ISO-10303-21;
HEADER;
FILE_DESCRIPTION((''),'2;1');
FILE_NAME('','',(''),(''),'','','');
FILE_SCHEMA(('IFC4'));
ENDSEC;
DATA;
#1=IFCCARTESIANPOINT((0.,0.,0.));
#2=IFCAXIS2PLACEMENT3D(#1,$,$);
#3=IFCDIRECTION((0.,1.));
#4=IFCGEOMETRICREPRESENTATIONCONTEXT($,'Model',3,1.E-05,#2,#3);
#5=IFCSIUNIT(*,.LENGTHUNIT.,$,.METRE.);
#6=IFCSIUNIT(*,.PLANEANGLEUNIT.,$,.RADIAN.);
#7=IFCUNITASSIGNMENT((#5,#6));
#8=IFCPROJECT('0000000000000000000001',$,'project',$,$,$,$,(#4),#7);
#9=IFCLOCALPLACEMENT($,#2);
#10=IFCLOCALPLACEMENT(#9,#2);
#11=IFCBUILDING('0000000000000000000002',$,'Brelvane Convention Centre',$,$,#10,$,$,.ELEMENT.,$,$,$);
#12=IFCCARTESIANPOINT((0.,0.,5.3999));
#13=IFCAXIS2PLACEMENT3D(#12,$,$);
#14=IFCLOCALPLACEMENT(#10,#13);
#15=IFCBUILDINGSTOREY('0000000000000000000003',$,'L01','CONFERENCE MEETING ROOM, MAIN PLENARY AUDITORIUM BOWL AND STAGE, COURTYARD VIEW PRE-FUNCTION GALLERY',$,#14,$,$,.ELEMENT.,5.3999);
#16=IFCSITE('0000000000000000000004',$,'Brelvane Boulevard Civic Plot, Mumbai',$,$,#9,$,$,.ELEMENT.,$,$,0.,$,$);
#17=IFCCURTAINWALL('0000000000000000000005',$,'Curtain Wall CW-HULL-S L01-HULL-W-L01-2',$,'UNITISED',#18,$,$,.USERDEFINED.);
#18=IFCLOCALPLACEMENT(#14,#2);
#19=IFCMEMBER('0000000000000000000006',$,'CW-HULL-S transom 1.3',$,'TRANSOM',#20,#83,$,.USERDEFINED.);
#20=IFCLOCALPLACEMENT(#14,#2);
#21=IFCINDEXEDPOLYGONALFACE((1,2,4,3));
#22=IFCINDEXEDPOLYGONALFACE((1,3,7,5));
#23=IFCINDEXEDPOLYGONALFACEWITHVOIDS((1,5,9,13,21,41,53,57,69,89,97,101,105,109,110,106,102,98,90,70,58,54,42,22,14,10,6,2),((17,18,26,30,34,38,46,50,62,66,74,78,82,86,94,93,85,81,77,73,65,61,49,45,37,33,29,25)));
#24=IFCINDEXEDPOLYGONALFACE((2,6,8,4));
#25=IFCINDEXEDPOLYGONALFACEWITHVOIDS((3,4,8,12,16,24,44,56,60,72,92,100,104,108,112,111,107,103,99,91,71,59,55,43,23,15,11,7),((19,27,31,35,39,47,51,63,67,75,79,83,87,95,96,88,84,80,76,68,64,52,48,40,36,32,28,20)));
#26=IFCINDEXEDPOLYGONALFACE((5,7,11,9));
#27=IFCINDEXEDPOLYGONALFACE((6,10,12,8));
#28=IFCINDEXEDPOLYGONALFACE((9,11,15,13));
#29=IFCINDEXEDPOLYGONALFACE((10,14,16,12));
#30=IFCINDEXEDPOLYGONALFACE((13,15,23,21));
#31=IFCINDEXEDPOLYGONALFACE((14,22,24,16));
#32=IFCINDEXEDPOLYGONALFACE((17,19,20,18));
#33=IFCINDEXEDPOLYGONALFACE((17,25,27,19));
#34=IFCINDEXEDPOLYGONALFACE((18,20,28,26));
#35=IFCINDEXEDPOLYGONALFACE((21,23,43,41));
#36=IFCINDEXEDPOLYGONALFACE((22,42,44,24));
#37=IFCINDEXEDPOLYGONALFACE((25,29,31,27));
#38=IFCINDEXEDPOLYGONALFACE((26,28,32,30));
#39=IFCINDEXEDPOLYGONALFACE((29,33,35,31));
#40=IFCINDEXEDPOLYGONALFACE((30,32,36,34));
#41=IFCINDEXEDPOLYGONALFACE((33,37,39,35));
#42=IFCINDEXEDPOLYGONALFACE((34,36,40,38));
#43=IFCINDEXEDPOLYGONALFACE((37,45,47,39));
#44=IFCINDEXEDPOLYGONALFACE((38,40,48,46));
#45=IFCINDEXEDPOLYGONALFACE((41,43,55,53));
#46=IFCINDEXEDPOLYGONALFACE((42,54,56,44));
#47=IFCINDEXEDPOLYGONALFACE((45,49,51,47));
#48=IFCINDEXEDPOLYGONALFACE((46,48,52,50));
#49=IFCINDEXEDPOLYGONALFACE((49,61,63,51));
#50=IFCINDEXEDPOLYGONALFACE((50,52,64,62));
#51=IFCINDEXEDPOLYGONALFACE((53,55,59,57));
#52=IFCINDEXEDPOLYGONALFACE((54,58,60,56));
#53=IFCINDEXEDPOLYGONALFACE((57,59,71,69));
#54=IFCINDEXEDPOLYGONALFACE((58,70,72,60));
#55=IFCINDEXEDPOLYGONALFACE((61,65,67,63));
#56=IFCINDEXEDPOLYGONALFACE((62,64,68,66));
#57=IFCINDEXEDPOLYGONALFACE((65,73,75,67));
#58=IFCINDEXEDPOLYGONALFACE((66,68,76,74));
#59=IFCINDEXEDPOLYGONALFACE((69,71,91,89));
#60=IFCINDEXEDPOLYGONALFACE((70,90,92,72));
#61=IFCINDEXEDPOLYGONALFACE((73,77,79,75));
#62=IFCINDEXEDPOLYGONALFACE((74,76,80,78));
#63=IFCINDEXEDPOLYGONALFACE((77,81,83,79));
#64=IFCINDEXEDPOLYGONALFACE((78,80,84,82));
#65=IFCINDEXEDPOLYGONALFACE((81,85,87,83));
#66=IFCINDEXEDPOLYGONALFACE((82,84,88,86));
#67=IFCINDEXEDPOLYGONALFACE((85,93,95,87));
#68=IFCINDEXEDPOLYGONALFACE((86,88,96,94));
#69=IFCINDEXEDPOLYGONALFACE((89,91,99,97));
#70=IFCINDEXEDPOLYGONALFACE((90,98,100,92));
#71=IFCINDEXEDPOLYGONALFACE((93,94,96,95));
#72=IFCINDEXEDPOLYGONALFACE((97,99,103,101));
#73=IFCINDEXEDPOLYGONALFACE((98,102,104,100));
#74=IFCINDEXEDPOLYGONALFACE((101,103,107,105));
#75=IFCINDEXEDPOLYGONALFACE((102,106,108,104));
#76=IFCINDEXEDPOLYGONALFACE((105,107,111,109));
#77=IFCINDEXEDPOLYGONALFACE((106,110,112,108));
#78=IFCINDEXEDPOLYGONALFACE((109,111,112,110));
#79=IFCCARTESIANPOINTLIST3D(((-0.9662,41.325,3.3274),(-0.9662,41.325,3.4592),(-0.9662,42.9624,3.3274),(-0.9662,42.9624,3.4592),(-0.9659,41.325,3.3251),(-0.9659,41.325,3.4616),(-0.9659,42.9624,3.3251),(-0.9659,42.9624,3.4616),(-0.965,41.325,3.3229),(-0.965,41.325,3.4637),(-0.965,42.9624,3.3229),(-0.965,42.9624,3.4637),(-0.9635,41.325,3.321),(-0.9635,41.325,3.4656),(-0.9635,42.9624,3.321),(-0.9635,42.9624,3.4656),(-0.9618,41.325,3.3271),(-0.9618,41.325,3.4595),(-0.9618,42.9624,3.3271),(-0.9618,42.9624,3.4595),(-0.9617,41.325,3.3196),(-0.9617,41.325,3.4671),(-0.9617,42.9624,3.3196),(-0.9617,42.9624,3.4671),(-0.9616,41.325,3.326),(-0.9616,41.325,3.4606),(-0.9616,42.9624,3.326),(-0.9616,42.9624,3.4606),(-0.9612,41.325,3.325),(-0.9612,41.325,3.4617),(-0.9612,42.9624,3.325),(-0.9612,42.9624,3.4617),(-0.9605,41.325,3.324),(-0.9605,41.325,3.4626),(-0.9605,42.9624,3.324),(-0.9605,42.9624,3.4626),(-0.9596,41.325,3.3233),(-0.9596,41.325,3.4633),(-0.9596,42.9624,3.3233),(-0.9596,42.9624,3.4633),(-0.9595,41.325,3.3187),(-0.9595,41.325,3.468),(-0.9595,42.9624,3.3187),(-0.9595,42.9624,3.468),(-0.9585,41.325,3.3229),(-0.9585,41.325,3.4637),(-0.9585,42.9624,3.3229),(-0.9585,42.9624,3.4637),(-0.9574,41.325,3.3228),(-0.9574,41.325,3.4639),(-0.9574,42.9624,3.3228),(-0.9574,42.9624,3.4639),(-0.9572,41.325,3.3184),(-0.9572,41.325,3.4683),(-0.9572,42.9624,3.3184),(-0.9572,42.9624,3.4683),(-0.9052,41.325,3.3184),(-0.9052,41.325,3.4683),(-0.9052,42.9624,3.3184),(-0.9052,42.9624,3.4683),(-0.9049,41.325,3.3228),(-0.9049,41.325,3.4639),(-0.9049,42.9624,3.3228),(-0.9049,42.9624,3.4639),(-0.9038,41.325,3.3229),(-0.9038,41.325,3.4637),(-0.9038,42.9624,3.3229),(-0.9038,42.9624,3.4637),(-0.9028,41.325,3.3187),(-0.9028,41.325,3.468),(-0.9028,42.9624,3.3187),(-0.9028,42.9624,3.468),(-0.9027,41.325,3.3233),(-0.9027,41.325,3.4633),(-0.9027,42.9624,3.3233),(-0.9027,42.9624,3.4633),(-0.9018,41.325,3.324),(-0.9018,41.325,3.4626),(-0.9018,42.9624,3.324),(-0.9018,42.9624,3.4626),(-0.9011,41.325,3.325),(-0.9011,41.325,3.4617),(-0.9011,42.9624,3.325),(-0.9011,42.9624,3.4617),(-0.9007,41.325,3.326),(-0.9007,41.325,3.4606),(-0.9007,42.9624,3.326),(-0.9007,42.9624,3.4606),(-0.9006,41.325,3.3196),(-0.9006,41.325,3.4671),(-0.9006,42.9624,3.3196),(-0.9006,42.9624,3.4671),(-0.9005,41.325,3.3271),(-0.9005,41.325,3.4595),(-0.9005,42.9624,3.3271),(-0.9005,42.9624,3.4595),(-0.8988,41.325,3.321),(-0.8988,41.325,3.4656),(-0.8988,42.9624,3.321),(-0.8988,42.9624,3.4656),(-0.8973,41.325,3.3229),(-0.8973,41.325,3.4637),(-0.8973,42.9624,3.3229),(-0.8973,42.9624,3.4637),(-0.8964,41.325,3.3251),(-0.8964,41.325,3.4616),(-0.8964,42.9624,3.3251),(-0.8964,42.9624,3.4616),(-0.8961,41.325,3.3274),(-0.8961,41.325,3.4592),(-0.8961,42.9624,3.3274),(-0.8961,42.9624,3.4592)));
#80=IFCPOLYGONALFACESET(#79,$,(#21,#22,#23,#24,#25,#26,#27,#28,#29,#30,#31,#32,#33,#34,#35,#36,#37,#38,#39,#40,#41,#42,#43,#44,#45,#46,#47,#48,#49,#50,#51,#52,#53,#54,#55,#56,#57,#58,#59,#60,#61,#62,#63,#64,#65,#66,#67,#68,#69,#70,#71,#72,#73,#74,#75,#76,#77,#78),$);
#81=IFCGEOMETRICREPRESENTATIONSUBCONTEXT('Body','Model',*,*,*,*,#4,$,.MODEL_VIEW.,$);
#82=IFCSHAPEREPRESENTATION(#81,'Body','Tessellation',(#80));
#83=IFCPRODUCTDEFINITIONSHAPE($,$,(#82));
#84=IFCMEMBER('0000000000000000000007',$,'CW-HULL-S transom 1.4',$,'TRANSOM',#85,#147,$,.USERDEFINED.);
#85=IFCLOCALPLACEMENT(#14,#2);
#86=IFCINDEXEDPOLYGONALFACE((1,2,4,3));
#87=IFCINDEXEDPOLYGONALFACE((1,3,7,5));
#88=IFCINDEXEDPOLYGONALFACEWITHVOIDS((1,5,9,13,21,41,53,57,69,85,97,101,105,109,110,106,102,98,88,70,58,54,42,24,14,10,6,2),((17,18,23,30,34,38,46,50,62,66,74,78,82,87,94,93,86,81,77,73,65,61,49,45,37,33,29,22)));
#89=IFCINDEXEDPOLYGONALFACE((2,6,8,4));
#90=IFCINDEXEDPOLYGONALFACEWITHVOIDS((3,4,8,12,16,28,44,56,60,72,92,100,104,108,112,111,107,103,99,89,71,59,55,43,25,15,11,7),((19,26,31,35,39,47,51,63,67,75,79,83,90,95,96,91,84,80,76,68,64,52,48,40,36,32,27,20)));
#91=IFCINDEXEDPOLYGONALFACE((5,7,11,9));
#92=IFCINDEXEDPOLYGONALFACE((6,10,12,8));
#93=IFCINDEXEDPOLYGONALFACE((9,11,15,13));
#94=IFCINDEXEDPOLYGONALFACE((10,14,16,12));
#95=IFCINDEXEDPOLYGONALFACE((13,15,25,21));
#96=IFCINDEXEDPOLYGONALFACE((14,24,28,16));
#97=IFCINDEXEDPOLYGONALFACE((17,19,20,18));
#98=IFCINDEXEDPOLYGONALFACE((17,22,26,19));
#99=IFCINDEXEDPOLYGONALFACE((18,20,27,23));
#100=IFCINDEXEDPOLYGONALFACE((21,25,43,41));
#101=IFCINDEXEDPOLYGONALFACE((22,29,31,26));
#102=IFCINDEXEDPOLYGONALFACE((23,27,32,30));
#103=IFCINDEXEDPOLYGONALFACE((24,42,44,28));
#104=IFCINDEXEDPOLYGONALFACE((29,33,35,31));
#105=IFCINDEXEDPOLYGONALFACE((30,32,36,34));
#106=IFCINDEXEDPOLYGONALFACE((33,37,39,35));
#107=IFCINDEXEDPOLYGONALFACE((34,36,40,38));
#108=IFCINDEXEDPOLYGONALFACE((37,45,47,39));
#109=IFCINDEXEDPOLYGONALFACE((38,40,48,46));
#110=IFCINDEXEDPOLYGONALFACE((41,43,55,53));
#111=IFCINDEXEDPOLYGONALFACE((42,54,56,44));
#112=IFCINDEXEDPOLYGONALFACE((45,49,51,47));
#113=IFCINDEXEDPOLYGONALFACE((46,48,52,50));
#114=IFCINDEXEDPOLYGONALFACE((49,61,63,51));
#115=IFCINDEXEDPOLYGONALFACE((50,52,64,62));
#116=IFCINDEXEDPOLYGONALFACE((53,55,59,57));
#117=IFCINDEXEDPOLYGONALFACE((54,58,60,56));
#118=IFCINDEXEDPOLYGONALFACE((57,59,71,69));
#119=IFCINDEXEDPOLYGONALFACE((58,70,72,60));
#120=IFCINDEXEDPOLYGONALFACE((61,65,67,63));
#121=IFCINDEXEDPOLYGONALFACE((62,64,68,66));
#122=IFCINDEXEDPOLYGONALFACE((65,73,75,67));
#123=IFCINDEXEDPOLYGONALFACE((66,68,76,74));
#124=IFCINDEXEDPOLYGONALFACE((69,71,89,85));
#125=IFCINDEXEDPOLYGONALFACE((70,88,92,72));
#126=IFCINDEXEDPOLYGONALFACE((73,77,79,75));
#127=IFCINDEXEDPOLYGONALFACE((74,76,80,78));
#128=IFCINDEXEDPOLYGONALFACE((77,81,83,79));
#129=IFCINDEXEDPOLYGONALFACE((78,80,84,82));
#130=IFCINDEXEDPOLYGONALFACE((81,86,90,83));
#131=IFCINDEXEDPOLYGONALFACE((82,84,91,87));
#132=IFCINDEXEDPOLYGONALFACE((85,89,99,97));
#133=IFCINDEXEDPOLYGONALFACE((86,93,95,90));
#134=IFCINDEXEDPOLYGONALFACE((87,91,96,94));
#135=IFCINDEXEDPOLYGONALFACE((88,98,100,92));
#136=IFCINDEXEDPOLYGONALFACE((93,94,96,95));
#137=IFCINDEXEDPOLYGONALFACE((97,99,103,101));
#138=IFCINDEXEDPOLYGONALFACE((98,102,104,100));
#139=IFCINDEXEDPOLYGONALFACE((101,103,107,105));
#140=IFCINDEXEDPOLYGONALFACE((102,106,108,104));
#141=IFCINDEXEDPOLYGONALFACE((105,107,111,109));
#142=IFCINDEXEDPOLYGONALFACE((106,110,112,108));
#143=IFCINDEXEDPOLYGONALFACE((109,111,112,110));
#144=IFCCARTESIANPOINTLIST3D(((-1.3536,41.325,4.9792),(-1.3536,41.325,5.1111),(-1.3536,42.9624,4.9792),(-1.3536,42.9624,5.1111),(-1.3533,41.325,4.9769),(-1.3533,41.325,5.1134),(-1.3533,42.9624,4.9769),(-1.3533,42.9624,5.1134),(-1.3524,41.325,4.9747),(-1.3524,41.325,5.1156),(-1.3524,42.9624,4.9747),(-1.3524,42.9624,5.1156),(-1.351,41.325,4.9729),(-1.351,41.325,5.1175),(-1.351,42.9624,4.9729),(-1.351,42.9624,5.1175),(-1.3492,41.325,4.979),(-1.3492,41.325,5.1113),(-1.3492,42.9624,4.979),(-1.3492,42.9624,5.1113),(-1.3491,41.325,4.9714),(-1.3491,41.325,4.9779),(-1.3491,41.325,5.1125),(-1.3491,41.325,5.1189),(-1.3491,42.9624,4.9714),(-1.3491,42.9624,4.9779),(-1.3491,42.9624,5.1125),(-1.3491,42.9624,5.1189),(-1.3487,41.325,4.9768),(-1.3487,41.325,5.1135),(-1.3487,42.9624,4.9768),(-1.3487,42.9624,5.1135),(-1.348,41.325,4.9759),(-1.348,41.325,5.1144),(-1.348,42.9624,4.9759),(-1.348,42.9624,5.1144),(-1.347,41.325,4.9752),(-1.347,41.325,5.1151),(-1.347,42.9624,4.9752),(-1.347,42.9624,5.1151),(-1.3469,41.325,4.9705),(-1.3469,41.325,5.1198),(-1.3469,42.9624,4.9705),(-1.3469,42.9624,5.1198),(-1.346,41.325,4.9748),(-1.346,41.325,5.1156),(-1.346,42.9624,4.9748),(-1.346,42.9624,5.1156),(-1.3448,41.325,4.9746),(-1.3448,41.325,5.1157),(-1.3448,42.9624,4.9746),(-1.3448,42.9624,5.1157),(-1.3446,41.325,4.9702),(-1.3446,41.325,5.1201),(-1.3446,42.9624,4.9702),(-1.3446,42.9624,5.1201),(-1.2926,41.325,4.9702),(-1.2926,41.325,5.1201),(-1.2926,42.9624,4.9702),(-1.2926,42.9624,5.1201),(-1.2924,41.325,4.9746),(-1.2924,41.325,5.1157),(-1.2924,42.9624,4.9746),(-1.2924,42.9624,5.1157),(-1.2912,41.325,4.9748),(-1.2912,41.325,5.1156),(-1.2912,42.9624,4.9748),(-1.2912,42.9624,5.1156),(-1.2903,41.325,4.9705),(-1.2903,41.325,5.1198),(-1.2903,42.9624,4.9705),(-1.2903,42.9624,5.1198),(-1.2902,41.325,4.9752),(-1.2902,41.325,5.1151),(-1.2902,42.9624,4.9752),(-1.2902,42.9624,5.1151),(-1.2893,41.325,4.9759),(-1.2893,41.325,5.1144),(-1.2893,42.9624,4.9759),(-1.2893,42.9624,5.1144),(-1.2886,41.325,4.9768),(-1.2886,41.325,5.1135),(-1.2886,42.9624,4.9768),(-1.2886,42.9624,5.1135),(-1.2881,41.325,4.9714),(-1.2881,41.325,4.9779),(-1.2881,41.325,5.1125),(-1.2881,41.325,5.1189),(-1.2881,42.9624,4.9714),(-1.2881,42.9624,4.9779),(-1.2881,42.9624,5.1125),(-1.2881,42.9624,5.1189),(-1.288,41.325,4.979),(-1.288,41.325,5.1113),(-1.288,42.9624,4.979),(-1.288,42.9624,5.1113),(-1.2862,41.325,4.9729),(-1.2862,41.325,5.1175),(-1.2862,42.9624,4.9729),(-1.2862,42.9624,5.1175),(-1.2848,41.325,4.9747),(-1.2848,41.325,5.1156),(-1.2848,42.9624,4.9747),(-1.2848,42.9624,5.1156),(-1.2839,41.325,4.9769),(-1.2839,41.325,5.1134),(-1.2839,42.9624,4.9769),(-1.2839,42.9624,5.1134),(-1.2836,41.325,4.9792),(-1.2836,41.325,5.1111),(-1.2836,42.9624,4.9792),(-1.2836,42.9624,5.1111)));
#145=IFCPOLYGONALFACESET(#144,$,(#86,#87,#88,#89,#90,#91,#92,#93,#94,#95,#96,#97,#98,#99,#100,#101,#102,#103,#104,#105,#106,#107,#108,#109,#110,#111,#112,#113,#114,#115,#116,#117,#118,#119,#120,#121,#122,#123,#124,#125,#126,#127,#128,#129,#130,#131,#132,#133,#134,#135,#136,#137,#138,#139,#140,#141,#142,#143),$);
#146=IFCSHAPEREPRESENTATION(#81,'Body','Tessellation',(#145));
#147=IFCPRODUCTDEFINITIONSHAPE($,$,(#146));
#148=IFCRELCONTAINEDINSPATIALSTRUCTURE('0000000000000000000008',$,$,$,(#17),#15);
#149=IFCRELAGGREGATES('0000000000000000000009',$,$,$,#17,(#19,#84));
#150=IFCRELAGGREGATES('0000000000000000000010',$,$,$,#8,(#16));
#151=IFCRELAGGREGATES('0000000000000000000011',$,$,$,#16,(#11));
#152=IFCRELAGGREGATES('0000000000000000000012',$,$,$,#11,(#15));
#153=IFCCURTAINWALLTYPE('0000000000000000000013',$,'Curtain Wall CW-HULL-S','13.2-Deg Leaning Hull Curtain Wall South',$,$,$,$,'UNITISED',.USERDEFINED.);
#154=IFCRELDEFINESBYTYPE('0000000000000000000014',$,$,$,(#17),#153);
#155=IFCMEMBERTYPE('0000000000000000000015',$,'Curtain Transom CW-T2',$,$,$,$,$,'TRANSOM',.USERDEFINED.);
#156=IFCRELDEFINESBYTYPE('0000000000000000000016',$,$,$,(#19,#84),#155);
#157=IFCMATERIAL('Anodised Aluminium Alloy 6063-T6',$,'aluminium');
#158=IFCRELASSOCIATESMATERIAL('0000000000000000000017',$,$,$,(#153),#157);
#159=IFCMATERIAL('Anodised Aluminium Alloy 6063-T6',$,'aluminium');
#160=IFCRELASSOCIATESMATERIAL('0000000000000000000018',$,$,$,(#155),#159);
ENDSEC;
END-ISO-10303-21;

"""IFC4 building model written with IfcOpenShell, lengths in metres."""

from ifc_helpers import new_model, si_unit, direction, frame, origin, origin_2d, place, context, subcontext, project, spatial, hollow_rectangle, extrude, material, material_profile, profile_set, type_object, element, aggregate, save


model = new_model("IFC4")

# Units and contexts
model_context = context("Model", 3, precision=1e-05, world=origin(), true_north=direction((0.0, 1.0)))
body_context = subcontext(model_context, "Body", "Model", "MODEL_VIEW")
ifc_project = project(units=[si_unit("LENGTHUNIT", "METRE"), si_unit("PLANEANGLEUNIT", "RADIAN")], contexts=[model_context])

# Site, building, storey
site_placement = place(None, origin())
site = spatial("IfcSite", under=ifc_project, at=site_placement, Name="Brelvane Boulevard Civic Plot, Mumbai", CompositionType="ELEMENT", RefElevation=0.0)
building_placement = place(site_placement, origin())
building = spatial("IfcBuilding", under=site, at=building_placement, Name="Brelvane Convention Centre", CompositionType="ELEMENT")
storey_placement = place(building_placement, frame((0.0, 0.0, 5.3999)))
storey = spatial("IfcBuildingStorey", under=building, at=storey_placement, Name="L01", Description="CONFERENCE MEETING ROOM, MAIN PLENARY AUDITORIUM BOWL AND STAGE, COURTYARD VIEW PRE-FUNCTION GALLERY", CompositionType="ELEMENT", Elevation=5.3999)

# Curtain wall
ifc_material_1 = material(Name="Anodised Aluminium Alloy 6063-T6", Category="aluminium")
curtain_wall_type = type_object("IfcCurtainWallType", Name="Curtain Wall CW-HULL-S", Description="13.2-Deg Leaning Hull Curtain Wall South", ElementType="UNITISED", PredefinedType="USERDEFINED", material=ifc_material_1)
curtain_wall_1_placement = place(storey_placement, origin())
curtain_wall_1 = element("IfcCurtainWall", 1, at=curtain_wall_1_placement, inside=storey, type_object=curtain_wall_type, Name="Curtain Wall CW-HULL-S L01-HULL-W-L01-2", ObjectType="UNITISED", PredefinedType="USERDEFINED")

# Members
ifc_material_2 = material(Name="Anodised Aluminium Alloy 6063-T6", Category="aluminium")
ifc_material_profile_1 = material_profile(ifc_material_2, hollow_rectangle(XDim=0.0701, YDim=0.1499, WallThickness=0.0044, InnerFilletRadius=0.0044, OuterFilletRadius=0.009, at=origin_2d()), Name="ALU-T 150x70x4.5")
ifc_profile_set_1 = profile_set([ifc_material_profile_1], Name="Anodised Aluminium Alloy 6063-T6")
member_type_1 = type_object("IfcMemberType", Name="Curtain Transom CW-T2", ElementType="TRANSOM", PredefinedType="USERDEFINED", material=ifc_profile_set_1)
member_1_placement = place(storey_placement, frame((-0.9312, 41.325, 3.3933), z_axis=(0.0, 1.0, 0.0), x_axis=(-1.0, 0.0, 0.0)))
member_1 = element("IfcMember", 2, at=member_1_placement, type_object=member_type_1, Name="CW-HULL-S transom 1.3", ObjectType="TRANSOM", PredefinedType="USERDEFINED", context=body_context, shape_type="SweptSolid", body=[
    extrude(hollow_rectangle(XDim=0.0701, YDim=0.1499, WallThickness=0.0044, InnerFilletRadius=0.0044, OuterFilletRadius=0.009, at=origin_2d()), origin(), (0.0, 0.0, 1.0), 1.6375),
])
member_2_placement = place(storey_placement, frame((-1.3186, 41.325, 5.0452), z_axis=(0.0, 1.0, 0.0), x_axis=(-1.0, 0.0, 0.0)))
member_2 = element("IfcMember", 3, at=member_2_placement, type_object=member_type_1, Name="CW-HULL-S transom 1.4", ObjectType="TRANSOM", PredefinedType="USERDEFINED", context=body_context, shape_type="SweptSolid", body=[
    extrude(hollow_rectangle(XDim=0.0701, YDim=0.1499, WallThickness=0.0044, InnerFilletRadius=0.0044, OuterFilletRadius=0.009, at=origin_2d()), origin(), (0.0, 0.0, 1.0), 1.6375),
])

aggregate(curtain_wall_1, [member_1, member_2])

save(model, "model.ifc")
